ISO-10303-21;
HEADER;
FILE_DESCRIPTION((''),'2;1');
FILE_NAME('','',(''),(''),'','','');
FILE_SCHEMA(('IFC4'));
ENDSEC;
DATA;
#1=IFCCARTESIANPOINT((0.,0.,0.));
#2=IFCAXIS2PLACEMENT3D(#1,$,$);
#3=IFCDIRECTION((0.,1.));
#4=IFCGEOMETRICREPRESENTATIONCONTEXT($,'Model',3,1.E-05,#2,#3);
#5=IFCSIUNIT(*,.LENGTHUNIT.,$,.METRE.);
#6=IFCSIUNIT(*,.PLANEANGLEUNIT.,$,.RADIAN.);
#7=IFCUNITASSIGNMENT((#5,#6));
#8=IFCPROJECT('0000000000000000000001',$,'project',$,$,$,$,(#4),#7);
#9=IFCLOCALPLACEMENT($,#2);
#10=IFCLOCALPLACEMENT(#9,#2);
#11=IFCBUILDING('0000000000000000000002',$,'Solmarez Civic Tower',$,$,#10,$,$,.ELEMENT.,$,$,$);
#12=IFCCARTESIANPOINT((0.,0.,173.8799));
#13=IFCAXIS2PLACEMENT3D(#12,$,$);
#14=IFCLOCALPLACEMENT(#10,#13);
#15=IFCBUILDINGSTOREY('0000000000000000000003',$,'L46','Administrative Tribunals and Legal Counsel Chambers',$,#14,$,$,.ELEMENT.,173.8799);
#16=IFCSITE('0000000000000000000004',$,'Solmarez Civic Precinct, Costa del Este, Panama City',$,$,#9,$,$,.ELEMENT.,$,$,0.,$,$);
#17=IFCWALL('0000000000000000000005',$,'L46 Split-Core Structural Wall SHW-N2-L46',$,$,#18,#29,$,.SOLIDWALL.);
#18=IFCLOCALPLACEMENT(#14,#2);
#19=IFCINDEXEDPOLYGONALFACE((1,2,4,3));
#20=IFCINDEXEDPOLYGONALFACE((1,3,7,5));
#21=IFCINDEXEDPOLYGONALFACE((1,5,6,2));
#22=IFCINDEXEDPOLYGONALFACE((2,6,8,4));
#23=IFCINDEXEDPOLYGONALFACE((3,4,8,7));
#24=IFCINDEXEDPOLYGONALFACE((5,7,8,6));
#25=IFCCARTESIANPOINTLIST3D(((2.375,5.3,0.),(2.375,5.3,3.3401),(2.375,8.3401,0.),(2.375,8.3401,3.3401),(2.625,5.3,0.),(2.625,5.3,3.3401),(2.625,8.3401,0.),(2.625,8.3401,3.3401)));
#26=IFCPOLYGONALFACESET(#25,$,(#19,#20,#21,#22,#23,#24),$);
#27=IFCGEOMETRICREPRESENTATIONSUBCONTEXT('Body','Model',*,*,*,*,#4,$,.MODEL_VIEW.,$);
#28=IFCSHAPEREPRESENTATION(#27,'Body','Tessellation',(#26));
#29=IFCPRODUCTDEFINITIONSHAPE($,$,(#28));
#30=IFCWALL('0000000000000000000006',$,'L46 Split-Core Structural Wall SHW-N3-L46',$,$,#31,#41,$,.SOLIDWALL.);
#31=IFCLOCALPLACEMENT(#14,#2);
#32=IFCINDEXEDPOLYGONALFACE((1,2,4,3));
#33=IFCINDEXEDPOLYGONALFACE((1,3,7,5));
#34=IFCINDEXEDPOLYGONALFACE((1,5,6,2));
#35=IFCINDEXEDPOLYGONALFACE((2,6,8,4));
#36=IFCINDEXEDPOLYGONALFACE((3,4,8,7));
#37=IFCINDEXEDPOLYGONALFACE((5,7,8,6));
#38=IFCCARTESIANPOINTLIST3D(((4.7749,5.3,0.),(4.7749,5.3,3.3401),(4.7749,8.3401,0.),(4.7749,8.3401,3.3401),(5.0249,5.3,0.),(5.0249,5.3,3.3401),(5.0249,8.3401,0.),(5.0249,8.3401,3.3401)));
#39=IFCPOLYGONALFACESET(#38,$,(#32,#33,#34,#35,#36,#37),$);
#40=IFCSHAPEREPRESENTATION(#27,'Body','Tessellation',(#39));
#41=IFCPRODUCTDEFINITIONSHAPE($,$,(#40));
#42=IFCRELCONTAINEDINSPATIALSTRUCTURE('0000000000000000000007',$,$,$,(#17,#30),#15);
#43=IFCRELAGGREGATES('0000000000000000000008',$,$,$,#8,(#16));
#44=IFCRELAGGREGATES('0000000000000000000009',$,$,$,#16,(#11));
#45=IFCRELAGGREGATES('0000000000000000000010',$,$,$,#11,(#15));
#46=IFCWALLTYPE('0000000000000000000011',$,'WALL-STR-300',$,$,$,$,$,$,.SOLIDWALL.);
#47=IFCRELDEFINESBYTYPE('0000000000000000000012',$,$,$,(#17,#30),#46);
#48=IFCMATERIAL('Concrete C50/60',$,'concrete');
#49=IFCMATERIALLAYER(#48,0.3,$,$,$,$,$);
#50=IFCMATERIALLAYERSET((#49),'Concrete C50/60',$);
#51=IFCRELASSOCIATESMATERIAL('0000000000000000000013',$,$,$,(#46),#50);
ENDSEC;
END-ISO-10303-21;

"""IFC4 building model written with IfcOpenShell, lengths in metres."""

from ifc_helpers import new_model, si_unit, direction, frame, frame_2d, origin, place, context, subcontext, project, spatial, rectangle, extrude, material, layer, layer_set, type_object, element, save


model = new_model("IFC4")

# Units and contexts
model_context = context("Model", 3, precision=1e-05, world=origin(), true_north=direction((0.0, 1.0)))
body_context = subcontext(model_context, "Body", "Model", "MODEL_VIEW")
ifc_project = project(units=[si_unit("LENGTHUNIT", "METRE"), si_unit("PLANEANGLEUNIT", "RADIAN")], contexts=[model_context])

# Site, building, storey
site_placement = place(None, origin())
site = spatial("IfcSite", under=ifc_project, at=site_placement, Name="Solmarez Civic Precinct, Costa del Este, Panama City", CompositionType="ELEMENT", RefElevation=0.0)
building_placement = place(site_placement, origin())
building = spatial("IfcBuilding", under=site, at=building_placement, Name="Solmarez Civic Tower", CompositionType="ELEMENT")
storey_placement = place(building_placement, frame((0.0, 0.0, 173.8799)))
storey = spatial("IfcBuildingStorey", under=building, at=storey_placement, Name="L46", Description="Administrative Tribunals and Legal Counsel Chambers", CompositionType="ELEMENT", Elevation=173.8799)

# Shared definitions
ifc_material_1 = material(Name="Concrete C50/60", Category="concrete")

# Shared definitions
ifc_layer_1 = layer(ifc_material_1, 0.3)
ifc_layer_set_1 = layer_set([ifc_layer_1], Name="Concrete C50/60")
wall_type_1 = type_object("IfcWallType", Name="WALL-STR-300", PredefinedType="SOLIDWALL", material=ifc_layer_set_1)

# Walls
for number, where, z_axis, x_axis, name in (
    (1, (2.5, 5.3, 0.0), (0.0, 0.0, 1.0), (0.0, 1.0, 0.0), "L46 Split-Core Structural Wall SHW-N2-L46"),
    (2, (4.8999, 5.3, 0.0), (0.0, 0.0, 1.0), (0.0, 1.0, 0.0), "L46 Split-Core Structural Wall SHW-N3-L46"),
):
    element("IfcWall", number, at=place(storey_placement, frame(where, z_axis=z_axis, x_axis=x_axis)), inside=storey, type_object=wall_type_1, Name=name, PredefinedType="SOLIDWALL", context=body_context, shape_type="SweptSolid", body=[
        extrude(rectangle(XDim=3.04, YDim=0.25, at=frame_2d((1.52, 0.0))), origin(), (0.0, 0.0, 1.0), 3.3401),
    ])

save(model, "model.ifc")
